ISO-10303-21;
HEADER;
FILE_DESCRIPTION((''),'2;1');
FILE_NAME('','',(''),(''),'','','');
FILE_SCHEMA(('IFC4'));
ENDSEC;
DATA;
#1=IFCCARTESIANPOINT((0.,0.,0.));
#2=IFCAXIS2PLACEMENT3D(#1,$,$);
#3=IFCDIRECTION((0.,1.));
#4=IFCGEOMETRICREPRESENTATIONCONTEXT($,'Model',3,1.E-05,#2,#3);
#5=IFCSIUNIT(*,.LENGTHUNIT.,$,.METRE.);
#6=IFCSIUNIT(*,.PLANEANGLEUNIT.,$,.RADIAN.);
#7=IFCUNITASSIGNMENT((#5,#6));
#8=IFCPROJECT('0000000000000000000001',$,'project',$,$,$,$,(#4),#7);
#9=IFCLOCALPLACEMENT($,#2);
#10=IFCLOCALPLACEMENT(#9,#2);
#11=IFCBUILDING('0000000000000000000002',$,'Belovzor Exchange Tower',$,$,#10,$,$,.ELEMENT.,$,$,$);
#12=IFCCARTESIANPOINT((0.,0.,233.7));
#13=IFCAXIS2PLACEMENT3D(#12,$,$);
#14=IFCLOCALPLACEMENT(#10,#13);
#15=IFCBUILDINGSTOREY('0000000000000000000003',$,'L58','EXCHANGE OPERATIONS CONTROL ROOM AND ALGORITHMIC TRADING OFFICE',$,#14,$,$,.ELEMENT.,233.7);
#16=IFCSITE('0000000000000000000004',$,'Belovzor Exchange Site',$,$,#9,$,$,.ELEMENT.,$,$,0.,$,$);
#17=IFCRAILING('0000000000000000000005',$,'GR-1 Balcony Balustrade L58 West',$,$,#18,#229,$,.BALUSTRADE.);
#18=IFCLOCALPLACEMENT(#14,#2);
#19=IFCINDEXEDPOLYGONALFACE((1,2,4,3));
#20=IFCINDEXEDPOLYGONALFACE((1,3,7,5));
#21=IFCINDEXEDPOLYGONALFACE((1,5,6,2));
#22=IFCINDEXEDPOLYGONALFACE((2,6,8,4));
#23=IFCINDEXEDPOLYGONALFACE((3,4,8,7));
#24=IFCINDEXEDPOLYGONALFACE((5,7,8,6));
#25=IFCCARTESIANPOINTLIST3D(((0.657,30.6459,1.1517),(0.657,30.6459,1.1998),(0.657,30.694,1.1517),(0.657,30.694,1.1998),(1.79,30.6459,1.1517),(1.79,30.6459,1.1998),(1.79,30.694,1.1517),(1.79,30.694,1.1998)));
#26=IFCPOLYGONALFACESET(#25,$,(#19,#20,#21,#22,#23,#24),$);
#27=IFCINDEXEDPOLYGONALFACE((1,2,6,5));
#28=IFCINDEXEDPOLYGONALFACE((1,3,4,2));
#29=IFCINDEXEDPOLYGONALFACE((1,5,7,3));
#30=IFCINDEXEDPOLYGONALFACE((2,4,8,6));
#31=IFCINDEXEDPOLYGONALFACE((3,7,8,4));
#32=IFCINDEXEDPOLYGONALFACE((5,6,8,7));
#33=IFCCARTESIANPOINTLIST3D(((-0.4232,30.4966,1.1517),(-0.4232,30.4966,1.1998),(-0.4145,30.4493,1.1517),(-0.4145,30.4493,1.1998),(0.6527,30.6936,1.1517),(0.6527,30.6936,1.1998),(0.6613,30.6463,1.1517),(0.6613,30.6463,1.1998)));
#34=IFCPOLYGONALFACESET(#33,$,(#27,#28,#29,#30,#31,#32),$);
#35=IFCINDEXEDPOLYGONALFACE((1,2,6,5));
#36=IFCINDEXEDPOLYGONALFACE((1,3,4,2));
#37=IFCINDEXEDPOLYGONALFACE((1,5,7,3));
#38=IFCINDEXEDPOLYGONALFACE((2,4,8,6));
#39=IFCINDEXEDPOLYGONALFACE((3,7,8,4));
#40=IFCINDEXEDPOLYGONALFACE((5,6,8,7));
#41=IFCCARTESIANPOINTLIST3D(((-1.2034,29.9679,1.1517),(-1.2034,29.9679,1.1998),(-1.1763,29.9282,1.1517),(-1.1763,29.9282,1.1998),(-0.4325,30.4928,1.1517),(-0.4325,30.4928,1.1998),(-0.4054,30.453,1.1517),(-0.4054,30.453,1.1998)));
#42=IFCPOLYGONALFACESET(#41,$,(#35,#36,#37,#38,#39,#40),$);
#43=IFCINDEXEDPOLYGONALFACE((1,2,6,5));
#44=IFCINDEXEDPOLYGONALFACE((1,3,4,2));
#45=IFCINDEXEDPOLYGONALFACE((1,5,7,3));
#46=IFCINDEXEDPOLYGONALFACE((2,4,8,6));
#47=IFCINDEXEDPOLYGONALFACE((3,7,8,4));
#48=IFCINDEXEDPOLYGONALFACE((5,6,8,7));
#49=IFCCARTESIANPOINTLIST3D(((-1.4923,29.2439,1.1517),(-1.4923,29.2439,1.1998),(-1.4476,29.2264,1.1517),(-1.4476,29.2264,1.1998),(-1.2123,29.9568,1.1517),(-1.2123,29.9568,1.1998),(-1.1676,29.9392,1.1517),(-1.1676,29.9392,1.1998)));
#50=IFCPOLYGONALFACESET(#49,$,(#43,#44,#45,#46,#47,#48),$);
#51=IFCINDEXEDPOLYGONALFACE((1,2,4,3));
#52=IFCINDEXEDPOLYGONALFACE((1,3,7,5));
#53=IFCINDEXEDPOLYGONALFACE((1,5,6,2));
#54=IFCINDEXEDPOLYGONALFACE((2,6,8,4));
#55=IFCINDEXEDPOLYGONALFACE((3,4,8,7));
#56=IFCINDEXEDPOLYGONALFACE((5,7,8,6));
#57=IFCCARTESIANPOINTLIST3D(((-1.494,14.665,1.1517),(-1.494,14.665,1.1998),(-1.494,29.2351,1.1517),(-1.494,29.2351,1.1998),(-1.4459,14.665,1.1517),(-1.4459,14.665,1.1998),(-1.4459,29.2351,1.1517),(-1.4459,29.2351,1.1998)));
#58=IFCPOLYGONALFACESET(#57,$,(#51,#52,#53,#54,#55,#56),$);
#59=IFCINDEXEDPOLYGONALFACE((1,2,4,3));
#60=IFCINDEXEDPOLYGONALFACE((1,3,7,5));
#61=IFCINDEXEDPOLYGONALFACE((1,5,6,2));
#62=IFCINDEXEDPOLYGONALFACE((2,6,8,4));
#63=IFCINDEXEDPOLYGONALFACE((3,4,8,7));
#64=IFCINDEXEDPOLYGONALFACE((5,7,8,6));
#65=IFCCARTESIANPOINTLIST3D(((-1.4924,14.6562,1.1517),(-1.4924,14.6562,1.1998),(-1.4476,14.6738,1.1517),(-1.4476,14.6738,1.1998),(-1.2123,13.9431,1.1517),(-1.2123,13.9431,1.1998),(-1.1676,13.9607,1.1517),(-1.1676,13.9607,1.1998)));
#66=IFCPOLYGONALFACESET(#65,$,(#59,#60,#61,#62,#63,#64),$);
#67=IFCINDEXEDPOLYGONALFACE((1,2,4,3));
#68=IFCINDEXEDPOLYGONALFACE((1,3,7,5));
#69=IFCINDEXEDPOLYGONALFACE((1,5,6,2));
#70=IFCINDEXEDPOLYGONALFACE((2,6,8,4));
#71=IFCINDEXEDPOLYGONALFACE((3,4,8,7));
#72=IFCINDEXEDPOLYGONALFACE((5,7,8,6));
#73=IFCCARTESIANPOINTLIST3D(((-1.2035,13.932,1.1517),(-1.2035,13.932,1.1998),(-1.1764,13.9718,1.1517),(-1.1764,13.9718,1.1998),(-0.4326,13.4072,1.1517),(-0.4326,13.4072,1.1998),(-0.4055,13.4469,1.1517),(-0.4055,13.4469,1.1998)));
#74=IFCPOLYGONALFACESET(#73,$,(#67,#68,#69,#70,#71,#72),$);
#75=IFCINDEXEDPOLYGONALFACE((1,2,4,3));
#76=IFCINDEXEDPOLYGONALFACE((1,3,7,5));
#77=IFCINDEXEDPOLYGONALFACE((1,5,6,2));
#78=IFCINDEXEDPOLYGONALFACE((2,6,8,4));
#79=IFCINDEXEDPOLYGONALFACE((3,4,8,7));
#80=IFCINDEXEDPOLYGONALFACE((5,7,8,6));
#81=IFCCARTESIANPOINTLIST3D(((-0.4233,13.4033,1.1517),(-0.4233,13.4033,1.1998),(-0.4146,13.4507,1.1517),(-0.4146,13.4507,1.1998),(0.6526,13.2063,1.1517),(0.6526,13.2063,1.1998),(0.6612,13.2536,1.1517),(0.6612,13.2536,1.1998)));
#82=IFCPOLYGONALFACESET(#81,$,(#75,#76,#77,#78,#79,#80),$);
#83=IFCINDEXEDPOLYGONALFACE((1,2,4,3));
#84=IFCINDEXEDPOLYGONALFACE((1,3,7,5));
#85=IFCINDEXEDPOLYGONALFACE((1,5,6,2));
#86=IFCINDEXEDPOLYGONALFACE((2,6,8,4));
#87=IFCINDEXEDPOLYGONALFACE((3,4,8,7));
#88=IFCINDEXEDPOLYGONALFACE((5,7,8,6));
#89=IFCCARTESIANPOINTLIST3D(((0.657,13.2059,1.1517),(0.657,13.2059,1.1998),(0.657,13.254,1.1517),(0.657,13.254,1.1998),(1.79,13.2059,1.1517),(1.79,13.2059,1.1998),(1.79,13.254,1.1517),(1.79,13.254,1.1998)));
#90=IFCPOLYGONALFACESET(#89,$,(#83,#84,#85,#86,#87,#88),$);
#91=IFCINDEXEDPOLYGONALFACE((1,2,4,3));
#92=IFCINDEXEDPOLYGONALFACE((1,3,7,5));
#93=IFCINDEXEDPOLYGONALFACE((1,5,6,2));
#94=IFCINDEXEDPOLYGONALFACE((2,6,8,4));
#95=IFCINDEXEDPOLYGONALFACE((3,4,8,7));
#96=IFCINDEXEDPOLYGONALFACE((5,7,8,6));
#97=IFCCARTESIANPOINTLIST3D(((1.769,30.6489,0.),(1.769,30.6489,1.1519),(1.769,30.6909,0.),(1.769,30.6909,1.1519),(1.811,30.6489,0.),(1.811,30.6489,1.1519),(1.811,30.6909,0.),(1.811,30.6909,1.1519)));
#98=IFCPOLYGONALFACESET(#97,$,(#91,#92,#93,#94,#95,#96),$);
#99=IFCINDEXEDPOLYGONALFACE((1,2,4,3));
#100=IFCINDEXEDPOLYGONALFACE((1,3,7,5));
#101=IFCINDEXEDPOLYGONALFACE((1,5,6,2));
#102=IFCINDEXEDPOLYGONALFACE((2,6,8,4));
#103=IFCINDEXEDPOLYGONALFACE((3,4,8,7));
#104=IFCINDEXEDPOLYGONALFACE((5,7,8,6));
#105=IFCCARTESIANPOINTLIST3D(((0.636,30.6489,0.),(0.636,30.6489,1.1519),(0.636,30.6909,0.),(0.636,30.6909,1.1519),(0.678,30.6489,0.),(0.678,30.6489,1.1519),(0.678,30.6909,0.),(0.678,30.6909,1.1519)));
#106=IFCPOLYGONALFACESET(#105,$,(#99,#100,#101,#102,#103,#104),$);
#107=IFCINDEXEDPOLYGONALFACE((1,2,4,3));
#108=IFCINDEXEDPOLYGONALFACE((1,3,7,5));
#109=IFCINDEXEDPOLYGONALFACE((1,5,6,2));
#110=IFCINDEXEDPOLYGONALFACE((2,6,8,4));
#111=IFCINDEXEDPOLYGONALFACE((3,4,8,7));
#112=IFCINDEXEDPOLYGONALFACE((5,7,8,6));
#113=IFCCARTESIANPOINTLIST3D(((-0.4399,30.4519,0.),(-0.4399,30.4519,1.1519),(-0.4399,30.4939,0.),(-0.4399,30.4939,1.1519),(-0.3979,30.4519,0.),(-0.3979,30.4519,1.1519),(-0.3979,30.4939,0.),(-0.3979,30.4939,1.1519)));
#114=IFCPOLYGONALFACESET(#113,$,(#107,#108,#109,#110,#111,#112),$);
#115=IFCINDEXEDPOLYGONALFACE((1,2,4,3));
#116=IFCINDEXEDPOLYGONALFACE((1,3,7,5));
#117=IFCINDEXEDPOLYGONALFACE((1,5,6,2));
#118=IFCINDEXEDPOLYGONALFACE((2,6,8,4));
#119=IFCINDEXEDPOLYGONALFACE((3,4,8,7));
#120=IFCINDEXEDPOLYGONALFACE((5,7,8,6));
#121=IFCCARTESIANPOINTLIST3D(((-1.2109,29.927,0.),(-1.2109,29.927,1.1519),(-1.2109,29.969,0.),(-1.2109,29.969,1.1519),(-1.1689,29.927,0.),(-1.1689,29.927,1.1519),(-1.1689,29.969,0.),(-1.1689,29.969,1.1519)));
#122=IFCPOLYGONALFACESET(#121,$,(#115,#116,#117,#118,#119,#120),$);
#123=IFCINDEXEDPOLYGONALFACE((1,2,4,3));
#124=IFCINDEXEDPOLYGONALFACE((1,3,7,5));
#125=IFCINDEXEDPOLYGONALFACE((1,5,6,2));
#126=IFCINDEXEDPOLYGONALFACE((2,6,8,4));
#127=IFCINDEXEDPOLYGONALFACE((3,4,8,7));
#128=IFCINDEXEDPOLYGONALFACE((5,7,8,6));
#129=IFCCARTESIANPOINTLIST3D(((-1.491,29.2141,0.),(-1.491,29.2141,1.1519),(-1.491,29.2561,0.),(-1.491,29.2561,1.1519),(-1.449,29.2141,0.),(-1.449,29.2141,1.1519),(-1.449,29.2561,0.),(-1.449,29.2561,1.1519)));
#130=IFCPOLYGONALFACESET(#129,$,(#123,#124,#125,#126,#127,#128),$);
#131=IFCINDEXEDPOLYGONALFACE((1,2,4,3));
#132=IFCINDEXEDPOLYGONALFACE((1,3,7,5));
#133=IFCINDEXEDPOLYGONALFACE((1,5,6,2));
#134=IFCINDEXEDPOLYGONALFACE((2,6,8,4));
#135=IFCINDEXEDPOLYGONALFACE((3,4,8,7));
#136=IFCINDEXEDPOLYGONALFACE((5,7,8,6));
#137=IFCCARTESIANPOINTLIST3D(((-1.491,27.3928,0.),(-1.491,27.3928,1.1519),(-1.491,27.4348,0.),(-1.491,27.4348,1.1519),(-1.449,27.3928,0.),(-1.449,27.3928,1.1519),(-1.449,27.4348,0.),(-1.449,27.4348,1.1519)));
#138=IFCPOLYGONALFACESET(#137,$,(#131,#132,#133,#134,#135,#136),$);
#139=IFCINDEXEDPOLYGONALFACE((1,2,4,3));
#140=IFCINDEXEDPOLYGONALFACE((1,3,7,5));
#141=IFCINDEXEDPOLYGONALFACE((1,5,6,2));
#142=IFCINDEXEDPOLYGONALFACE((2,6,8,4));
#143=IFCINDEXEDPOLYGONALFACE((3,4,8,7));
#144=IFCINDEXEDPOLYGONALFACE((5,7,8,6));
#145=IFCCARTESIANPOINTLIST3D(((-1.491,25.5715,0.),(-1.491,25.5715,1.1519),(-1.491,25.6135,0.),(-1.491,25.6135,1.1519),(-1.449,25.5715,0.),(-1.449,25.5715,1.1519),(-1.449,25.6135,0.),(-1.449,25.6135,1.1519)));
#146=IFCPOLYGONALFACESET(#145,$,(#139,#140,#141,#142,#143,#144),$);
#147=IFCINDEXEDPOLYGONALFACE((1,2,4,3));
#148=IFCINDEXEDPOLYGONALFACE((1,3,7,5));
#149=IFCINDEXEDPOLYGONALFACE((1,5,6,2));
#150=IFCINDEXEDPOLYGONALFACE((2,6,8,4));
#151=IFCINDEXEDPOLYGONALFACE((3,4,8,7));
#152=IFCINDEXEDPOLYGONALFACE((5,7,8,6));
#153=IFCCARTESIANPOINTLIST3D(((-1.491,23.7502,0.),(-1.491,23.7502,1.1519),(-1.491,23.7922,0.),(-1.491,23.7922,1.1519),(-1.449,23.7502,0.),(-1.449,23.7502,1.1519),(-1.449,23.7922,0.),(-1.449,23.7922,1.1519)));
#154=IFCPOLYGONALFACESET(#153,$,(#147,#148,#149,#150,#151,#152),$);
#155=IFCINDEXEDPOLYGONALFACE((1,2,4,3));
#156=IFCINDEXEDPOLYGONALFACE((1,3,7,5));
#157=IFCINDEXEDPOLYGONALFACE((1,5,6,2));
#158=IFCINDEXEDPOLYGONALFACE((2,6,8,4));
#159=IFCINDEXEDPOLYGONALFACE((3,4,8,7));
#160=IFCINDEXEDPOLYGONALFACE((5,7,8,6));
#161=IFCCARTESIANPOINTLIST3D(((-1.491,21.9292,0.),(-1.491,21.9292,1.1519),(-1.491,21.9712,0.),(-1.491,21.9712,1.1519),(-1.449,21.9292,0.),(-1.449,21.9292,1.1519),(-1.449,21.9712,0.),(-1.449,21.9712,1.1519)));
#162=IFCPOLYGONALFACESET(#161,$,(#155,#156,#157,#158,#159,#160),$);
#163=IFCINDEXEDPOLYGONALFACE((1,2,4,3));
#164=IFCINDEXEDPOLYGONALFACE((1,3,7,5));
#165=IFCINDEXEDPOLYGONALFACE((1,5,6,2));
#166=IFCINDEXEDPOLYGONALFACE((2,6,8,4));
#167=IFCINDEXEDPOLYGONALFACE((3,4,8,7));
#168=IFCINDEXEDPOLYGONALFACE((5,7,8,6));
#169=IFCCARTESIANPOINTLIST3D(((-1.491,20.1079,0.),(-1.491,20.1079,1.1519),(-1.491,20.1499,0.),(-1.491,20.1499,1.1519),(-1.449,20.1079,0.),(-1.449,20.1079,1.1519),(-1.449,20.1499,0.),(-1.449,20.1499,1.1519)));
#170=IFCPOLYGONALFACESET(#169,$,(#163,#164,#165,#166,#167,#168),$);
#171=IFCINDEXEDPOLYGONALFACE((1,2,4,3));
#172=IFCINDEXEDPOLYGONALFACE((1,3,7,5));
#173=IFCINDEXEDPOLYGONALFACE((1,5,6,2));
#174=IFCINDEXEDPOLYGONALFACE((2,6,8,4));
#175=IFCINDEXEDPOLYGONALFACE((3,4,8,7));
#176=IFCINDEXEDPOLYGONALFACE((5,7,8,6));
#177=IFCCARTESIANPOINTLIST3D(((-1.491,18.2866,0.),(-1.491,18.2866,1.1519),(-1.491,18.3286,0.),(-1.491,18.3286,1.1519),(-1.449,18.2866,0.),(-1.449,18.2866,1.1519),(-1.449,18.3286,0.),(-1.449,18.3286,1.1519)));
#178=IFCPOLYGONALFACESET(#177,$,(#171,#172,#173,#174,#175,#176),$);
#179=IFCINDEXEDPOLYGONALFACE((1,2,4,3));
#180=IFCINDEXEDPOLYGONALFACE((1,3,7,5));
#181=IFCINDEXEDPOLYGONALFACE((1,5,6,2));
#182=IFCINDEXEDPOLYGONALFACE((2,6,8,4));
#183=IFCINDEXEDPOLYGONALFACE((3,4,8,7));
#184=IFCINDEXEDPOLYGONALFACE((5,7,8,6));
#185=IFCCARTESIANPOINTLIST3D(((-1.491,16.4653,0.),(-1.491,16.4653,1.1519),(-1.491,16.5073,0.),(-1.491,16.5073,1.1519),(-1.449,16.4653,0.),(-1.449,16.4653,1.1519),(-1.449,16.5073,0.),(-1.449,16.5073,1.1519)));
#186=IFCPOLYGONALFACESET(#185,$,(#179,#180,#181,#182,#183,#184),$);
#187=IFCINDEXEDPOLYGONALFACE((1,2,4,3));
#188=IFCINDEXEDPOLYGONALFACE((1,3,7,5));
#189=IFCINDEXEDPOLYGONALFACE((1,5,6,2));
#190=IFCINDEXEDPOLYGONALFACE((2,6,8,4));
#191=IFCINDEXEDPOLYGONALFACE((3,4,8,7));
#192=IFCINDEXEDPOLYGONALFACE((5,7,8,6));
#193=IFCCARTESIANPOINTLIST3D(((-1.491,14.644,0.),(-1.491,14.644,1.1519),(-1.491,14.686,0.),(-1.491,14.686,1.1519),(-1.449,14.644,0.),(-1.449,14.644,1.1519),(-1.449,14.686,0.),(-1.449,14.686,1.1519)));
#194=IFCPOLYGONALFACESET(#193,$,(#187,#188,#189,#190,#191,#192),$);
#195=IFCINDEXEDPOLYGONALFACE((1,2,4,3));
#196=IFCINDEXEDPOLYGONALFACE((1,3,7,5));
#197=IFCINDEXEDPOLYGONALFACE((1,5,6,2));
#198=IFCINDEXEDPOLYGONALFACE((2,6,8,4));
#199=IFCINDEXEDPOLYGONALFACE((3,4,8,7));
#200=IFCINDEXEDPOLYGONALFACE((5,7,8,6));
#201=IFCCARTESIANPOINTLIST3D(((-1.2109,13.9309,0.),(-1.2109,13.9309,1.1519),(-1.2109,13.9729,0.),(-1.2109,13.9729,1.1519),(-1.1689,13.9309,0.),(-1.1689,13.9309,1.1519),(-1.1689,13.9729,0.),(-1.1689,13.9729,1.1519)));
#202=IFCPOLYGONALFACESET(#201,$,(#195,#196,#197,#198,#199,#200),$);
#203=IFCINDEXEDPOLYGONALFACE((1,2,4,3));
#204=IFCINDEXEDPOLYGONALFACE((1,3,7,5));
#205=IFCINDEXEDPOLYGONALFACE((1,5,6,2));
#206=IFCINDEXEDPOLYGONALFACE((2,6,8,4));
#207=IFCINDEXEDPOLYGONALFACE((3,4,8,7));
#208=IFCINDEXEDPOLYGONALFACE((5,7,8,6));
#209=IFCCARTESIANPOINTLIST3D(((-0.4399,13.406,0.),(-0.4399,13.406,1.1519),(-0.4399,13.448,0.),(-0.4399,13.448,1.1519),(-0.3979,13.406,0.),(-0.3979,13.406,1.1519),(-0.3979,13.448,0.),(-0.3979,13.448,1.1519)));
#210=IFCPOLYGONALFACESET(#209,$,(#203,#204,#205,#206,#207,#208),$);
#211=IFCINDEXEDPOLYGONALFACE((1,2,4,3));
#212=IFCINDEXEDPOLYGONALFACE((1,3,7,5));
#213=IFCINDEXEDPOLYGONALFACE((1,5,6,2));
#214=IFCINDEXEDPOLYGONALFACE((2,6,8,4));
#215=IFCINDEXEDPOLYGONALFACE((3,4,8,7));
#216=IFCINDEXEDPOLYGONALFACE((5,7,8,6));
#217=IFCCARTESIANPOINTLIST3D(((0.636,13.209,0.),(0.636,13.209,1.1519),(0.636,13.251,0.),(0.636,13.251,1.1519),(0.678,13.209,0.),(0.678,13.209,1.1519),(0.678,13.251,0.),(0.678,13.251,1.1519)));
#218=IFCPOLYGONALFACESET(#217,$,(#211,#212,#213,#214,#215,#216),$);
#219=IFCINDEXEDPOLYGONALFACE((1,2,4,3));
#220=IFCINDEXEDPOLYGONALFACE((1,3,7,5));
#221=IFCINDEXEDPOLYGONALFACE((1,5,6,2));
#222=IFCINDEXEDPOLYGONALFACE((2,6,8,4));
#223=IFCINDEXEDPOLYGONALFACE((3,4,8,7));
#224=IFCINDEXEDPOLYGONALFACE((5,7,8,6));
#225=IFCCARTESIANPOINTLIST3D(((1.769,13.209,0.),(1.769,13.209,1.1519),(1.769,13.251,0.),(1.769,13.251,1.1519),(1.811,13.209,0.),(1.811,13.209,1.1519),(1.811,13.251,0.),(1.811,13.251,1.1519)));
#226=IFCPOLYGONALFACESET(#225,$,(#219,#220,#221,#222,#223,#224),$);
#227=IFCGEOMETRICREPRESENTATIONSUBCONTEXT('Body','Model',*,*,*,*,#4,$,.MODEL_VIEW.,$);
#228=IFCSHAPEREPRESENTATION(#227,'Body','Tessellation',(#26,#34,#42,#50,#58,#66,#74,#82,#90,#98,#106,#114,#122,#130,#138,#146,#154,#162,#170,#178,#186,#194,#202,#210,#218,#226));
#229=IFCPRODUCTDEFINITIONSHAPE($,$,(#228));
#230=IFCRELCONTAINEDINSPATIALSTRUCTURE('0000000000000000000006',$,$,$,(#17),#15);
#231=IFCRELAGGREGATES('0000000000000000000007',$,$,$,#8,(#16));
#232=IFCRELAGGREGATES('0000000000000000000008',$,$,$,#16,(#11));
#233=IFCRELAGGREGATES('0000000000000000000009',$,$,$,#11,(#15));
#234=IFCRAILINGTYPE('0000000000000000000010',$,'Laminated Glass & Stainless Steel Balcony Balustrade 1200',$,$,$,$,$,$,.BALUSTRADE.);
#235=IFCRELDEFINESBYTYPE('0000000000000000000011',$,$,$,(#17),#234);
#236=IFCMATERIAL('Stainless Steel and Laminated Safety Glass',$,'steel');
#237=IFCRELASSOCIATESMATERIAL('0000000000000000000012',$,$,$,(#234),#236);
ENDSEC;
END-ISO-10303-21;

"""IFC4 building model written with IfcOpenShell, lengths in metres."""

from ifc_helpers import new_model, si_unit, direction, frame, origin, origin_2d, place, context, subcontext, project, spatial, rectangle, extrude, material, type_object, element, save


model = new_model("IFC4")

# Units and contexts
model_context = context("Model", 3, precision=1e-05, world=origin(), true_north=direction((0.0, 1.0)))
body_context = subcontext(model_context, "Body", "Model", "MODEL_VIEW")
ifc_project = project(units=[si_unit("LENGTHUNIT", "METRE"), si_unit("PLANEANGLEUNIT", "RADIAN")], contexts=[model_context])

# Site, building, storey
site_placement = place(None, origin())
site = spatial("IfcSite", under=ifc_project, at=site_placement, Name="Belovzor Exchange Site", CompositionType="ELEMENT", RefElevation=0.0)
building_placement = place(site_placement, origin())
building = spatial("IfcBuilding", under=site, at=building_placement, Name="Belovzor Exchange Tower", CompositionType="ELEMENT")
storey_placement = place(building_placement, frame((0.0, 0.0, 233.7)))
storey = spatial("IfcBuildingStorey", under=building, at=storey_placement, Name="L58", Description="EXCHANGE OPERATIONS CONTROL ROOM AND ALGORITHMIC TRADING OFFICE", CompositionType="ELEMENT", Elevation=233.7)

# Railing
ifc_material_1 = material(Name="Stainless Steel and Laminated Safety Glass", Category="steel")
railing_type = type_object("IfcRailingType", Name="Laminated Glass & Stainless Steel Balcony Balustrade 1200", PredefinedType="BALUSTRADE", material=ifc_material_1)
railing_placement = place(storey_placement, frame((1.79, 30.6699, 0.0)))
element("IfcRailing", 1, at=railing_placement, inside=storey, type_object=railing_type, Name="GR-1 Balcony Balustrade L58 West", PredefinedType="BALUSTRADE", context=body_context, shape_type="SweptSolid", body=[
    extrude(rectangle(XDim=0.0481, YDim=0.0481, at=origin_2d()), frame((0.0, 0.0, 1.1758), z_axis=(-1.0, 0.0, 0.0), x_axis=(0.0, -1.0, 0.0)), (0.0, 0.0, 1.0), 1.1331),
    extrude(rectangle(XDim=0.0481, YDim=0.0481, at=origin_2d()), frame((-1.1331, 0.0, 1.1758), z_axis=(-0.983644, -0.180123, 0.0), x_axis=(0.180123, -0.983644, 0.0)), (0.0, 0.0, 1.0), 1.0938),
    extrude(rectangle(XDim=0.0481, YDim=0.0481, at=origin_2d()), frame((-2.209, -0.197, 1.1758), z_axis=(-0.826615, -0.562768, 0.0), x_axis=(0.562768, -0.826615, 0.0)), (0.0, 0.0, 1.0), 0.9326),
    extrude(rectangle(XDim=0.0481, YDim=0.0481, at=origin_2d()), frame((-2.98, -0.7219, 1.1758), z_axis=(-0.365613, -0.930767, 0.0), x_axis=(0.930767, -0.365613, 0.0)), (0.0, 0.0, 1.0), 0.7659),
    extrude(rectangle(XDim=0.0481, YDim=0.0481, at=origin_2d()), frame((-3.26, -1.4348, 1.1758), z_axis=(0.0, -1.0, 0.0), x_axis=(1.0, 0.0, 0.0)), (0.0, 0.0, 1.0), 14.5701),
    extrude(rectangle(XDim=0.0481, YDim=0.0481, at=origin_2d()), frame((-3.26, -16.0049, 1.1758), z_axis=(0.365504, -0.93081, 0.0), x_axis=(0.93081, 0.365504, 0.0)), (0.0, 0.0, 1.0), 0.7661),
    extrude(rectangle(XDim=0.0481, YDim=0.0481, at=origin_2d()), frame((-2.98, -16.718, 1.1758), z_axis=(0.826615, -0.562768, 0.0), x_axis=(0.562768, 0.826615, 0.0)), (0.0, 0.0, 1.0), 0.9326),
    extrude(rectangle(XDim=0.0481, YDim=0.0481, at=origin_2d()), frame((-2.209, -17.2429, 1.1758), z_axis=(0.983644, -0.180123, 0.0), x_axis=(0.180123, 0.983644, 0.0)), (0.0, 0.0, 1.0), 1.0938),
    extrude(rectangle(XDim=0.0481, YDim=0.0481, at=origin_2d()), frame((-1.1331, -17.4399, 1.1758), z_axis=(1.0, 0.0, 0.0), x_axis=(0.0, 1.0, 0.0)), (0.0, 0.0, 1.0), 1.1331),
    extrude(rectangle(XDim=0.042, YDim=0.042, at=origin_2d()), origin(), (0.0, 0.0, 1.0), 1.1519),
    extrude(rectangle(XDim=0.042, YDim=0.042, at=origin_2d()), frame((-1.1331, 0.0, 0.0)), (0.0, 0.0, 1.0), 1.1519),
    extrude(rectangle(XDim=0.042, YDim=0.042, at=origin_2d()), frame((-2.209, -0.197, 0.0)), (0.0, 0.0, 1.0), 1.1519),
    extrude(rectangle(XDim=0.042, YDim=0.042, at=origin_2d()), frame((-2.98, -0.7219, 0.0)), (0.0, 0.0, 1.0), 1.1519),
    extrude(rectangle(XDim=0.042, YDim=0.042, at=origin_2d()), frame((-3.26, -1.4348, 0.0)), (0.0, 0.0, 1.0), 1.1519),
    extrude(rectangle(XDim=0.042, YDim=0.042, at=origin_2d()), frame((-3.26, -3.2561, 0.0)), (0.0, 0.0, 1.0), 1.1519),
    extrude(rectangle(XDim=0.042, YDim=0.042, at=origin_2d()), frame((-3.26, -5.0774, 0.0)), (0.0, 0.0, 1.0), 1.1519),
    extrude(rectangle(XDim=0.042, YDim=0.042, at=origin_2d()), frame((-3.26, -6.8987, 0.0)), (0.0, 0.0, 1.0), 1.1519),
    extrude(rectangle(XDim=0.042, YDim=0.042, at=origin_2d()), frame((-3.26, -8.7197, 0.0)), (0.0, 0.0, 1.0), 1.1519),
    extrude(rectangle(XDim=0.042, YDim=0.042, at=origin_2d()), frame((-3.26, -10.541, 0.0)), (0.0, 0.0, 1.0), 1.1519),
    extrude(rectangle(XDim=0.042, YDim=0.042, at=origin_2d()), frame((-3.26, -12.3623, 0.0)), (0.0, 0.0, 1.0), 1.1519),
    extrude(rectangle(XDim=0.042, YDim=0.042, at=origin_2d()), frame((-3.26, -14.1836, 0.0)), (0.0, 0.0, 1.0), 1.1519),
    extrude(rectangle(XDim=0.042, YDim=0.042, at=origin_2d()), frame((-3.26, -16.0049, 0.0)), (0.0, 0.0, 1.0), 1.1519),
    extrude(rectangle(XDim=0.042, YDim=0.042, at=origin_2d()), frame((-2.98, -16.718, 0.0)), (0.0, 0.0, 1.0), 1.1519),
    extrude(rectangle(XDim=0.042, YDim=0.042, at=origin_2d()), frame((-2.209, -17.2429, 0.0)), (0.0, 0.0, 1.0), 1.1519),
    extrude(rectangle(XDim=0.042, YDim=0.042, at=origin_2d()), frame((-1.1331, -17.4399, 0.0)), (0.0, 0.0, 1.0), 1.1519),
    extrude(rectangle(XDim=0.042, YDim=0.042, at=origin_2d()), frame((0.0, -17.4399, 0.0)), (0.0, 0.0, 1.0), 1.1519),
])

save(model, "model.ifc")
